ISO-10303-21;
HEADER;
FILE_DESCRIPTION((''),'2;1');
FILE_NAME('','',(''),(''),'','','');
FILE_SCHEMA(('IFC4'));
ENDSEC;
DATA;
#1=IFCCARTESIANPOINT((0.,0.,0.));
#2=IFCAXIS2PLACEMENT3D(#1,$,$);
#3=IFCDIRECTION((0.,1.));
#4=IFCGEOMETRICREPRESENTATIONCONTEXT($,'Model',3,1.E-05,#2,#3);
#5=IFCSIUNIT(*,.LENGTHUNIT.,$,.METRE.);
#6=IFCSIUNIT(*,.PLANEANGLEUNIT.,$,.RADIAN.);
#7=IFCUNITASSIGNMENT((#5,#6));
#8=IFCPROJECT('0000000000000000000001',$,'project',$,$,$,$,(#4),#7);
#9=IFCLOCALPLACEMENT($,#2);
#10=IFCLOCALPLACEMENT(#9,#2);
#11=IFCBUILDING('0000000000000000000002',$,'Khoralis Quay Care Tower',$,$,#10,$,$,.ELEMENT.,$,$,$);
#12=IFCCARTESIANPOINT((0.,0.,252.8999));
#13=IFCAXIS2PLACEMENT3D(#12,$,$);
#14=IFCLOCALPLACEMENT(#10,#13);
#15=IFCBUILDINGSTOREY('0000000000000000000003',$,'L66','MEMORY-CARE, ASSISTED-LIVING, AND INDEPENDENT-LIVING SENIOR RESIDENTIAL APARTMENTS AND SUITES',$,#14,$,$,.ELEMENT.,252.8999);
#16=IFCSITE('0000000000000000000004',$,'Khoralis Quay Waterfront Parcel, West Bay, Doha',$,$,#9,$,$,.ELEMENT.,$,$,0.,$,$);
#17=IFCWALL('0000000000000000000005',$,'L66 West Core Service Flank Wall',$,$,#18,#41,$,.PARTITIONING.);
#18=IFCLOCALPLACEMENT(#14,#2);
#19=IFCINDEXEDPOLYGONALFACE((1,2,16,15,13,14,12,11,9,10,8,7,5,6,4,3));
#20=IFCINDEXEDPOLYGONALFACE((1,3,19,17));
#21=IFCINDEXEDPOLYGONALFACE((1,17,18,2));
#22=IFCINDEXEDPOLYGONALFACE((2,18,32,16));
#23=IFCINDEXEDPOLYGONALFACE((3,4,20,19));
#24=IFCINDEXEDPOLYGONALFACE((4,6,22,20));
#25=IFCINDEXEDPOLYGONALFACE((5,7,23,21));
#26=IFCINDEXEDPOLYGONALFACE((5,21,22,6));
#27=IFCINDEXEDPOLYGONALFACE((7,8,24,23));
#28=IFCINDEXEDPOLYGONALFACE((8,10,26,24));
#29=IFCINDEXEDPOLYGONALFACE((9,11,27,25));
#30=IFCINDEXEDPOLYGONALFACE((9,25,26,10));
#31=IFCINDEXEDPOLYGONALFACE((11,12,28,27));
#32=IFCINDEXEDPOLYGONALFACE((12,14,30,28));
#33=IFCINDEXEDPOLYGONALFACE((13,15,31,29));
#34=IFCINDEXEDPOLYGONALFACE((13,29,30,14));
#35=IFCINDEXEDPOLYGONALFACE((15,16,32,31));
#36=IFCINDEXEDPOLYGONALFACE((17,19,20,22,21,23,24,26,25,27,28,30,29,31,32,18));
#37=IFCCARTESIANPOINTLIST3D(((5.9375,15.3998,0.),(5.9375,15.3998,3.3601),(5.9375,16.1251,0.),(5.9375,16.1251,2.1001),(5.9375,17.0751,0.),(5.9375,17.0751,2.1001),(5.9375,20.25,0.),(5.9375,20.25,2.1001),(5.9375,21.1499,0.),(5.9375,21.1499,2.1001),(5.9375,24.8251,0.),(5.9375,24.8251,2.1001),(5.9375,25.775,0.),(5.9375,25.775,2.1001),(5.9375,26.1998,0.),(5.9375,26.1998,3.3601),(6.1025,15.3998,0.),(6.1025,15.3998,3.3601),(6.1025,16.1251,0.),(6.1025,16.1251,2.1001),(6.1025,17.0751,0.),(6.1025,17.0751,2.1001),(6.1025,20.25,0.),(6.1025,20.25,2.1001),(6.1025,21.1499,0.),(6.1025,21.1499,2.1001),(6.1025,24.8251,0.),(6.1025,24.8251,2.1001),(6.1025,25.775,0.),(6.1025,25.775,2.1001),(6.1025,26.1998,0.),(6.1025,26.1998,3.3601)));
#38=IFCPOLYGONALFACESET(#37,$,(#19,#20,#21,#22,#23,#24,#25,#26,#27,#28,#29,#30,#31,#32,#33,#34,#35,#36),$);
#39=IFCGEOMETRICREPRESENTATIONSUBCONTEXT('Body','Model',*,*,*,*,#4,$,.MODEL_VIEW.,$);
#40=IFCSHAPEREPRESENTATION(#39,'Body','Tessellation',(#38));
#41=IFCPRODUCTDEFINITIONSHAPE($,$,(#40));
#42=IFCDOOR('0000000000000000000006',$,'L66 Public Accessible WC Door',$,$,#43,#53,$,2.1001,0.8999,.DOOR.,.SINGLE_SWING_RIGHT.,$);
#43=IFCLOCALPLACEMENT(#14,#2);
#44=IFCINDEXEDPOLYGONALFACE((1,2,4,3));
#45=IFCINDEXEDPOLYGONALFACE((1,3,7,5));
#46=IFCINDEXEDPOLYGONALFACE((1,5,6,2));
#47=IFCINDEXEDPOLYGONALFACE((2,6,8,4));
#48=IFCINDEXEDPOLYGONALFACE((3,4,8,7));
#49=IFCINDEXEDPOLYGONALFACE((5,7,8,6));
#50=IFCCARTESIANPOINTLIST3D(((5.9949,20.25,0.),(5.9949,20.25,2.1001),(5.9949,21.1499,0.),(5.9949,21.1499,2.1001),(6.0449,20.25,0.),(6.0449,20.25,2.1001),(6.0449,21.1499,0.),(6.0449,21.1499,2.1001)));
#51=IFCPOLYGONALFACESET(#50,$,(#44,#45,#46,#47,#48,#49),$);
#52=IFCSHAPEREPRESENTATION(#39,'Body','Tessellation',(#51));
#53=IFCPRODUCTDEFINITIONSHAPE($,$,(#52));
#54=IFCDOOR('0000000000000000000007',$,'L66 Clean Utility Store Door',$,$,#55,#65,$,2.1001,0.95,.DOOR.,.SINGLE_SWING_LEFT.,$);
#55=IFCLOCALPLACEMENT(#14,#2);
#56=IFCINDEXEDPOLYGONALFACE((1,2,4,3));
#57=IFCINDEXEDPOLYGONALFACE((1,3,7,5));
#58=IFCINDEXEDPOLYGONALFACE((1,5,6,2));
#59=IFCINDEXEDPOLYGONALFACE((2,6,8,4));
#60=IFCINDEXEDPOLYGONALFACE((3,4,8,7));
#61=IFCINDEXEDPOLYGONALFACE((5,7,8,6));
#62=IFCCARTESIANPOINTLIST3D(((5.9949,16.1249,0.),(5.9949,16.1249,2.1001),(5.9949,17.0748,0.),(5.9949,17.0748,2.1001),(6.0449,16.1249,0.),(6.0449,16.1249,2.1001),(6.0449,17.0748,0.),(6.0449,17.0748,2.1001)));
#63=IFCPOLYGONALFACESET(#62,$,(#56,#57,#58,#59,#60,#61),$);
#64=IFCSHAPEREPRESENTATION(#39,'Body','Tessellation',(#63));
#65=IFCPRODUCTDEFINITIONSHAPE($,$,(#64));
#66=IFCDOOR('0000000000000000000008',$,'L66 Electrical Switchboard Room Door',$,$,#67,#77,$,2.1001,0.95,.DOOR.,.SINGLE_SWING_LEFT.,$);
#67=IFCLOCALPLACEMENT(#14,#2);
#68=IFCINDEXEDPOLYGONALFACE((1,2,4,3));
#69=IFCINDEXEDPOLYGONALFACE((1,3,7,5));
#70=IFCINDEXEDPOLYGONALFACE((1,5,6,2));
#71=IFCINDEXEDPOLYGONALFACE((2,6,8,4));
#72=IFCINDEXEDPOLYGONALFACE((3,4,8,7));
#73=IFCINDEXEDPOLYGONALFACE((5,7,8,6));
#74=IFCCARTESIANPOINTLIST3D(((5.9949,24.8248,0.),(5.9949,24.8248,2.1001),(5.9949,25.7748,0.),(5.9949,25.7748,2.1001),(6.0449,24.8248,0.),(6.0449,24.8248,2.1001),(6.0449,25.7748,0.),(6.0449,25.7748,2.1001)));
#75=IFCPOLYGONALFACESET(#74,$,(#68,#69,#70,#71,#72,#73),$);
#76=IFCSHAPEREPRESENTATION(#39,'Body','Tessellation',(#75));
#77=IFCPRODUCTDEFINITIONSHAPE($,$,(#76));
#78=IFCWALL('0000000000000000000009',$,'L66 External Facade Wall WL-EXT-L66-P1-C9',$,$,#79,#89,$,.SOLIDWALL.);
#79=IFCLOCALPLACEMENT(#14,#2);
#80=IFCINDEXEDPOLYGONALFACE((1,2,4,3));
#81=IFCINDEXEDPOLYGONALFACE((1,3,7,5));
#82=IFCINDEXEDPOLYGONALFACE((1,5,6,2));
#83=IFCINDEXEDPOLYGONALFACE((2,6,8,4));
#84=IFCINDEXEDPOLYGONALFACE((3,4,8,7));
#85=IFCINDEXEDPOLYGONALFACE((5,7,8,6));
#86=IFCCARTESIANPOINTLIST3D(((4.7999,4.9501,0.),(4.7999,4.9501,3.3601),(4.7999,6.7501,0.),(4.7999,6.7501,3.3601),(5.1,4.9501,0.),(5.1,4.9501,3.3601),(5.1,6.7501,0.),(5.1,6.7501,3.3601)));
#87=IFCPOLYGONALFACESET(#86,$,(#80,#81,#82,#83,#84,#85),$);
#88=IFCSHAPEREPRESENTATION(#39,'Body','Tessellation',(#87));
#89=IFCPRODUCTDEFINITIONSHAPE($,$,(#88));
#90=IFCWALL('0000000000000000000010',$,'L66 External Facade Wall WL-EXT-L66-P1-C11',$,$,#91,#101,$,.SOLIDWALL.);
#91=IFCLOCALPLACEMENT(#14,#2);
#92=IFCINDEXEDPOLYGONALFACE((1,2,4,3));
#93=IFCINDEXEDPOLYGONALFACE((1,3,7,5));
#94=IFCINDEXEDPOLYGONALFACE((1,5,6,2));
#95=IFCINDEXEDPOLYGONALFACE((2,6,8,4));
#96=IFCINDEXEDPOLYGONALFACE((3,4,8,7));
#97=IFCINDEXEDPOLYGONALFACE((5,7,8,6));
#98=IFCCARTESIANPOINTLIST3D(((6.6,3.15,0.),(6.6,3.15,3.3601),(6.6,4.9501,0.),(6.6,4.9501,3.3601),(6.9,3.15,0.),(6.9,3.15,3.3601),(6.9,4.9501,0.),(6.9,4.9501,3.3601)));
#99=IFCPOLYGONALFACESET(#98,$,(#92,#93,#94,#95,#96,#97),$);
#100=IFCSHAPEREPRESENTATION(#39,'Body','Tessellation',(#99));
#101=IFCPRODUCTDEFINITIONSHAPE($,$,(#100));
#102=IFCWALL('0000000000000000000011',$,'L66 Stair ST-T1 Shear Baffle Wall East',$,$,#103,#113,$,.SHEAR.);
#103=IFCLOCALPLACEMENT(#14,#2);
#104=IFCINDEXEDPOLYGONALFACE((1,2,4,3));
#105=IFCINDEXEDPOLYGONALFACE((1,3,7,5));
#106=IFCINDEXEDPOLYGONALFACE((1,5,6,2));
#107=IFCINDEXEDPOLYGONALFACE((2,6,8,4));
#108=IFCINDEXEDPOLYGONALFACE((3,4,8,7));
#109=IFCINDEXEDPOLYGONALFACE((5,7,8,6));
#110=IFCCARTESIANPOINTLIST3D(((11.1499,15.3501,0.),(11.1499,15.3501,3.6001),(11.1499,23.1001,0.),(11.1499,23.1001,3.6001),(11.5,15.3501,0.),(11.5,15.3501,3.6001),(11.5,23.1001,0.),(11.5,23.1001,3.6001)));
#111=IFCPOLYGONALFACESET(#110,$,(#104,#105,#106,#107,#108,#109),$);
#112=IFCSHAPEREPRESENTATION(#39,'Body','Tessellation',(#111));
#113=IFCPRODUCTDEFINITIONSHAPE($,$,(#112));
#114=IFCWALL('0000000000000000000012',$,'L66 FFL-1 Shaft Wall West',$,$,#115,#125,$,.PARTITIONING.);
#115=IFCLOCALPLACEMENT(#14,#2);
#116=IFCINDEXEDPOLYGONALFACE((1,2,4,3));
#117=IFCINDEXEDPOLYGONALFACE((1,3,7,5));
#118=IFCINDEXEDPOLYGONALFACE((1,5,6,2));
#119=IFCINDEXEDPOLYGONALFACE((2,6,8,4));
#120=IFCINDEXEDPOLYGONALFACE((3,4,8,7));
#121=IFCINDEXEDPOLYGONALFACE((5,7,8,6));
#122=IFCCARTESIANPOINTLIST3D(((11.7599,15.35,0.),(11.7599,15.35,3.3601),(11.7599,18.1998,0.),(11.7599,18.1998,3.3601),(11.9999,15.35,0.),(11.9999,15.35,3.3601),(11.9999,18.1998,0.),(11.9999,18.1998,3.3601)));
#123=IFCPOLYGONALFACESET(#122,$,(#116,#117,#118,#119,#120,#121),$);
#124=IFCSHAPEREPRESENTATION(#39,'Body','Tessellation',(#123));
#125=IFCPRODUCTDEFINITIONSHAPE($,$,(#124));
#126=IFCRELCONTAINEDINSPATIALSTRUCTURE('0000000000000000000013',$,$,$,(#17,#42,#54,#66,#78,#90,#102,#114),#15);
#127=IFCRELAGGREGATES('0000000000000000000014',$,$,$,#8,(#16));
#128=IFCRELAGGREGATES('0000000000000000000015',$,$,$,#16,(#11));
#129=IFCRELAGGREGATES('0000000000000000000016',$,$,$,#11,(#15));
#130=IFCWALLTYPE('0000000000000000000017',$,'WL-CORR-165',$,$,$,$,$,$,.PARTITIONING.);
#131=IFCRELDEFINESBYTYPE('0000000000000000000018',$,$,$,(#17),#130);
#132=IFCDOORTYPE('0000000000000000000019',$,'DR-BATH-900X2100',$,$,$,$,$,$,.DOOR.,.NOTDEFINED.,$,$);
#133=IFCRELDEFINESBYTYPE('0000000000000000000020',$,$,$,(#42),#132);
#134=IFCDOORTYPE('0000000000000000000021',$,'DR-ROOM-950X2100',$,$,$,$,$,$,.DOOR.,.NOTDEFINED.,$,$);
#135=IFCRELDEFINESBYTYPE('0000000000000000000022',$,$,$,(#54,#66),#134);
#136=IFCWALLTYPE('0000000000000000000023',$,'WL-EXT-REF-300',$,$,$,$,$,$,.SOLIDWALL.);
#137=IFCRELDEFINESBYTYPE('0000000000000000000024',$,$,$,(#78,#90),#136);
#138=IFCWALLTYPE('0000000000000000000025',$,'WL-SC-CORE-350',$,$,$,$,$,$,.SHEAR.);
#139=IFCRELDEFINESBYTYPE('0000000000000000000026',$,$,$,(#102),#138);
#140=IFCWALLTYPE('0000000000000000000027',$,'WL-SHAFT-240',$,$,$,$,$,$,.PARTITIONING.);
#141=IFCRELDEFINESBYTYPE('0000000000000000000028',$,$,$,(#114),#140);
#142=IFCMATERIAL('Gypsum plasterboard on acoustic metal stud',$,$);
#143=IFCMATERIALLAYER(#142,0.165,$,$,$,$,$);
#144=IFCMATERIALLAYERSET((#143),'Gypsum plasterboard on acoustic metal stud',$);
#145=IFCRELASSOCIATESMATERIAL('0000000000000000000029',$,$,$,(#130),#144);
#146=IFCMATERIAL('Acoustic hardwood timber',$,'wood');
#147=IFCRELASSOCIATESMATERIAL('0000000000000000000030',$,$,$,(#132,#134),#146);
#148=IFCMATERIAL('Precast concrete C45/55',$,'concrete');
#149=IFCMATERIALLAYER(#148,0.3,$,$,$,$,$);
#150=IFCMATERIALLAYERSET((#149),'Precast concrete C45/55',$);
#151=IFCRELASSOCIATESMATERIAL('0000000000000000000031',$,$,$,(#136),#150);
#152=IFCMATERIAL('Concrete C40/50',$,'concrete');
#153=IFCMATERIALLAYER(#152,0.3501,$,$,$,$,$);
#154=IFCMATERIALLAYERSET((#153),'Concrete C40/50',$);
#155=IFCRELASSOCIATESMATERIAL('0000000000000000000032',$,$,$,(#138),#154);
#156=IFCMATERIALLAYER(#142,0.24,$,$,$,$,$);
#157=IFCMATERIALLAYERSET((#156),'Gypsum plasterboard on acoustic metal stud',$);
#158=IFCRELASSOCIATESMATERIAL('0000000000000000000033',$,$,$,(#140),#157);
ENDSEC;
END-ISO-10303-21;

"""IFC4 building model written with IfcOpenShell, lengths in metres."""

from ifc_helpers import new_model, si_unit, direction, frame, frame_2d, origin, place, context, subcontext, project, spatial, rectangle, extrude, source, transform, mapped, material, layer, layer_set, type_object, element, fill, save


model = new_model("IFC4")

# Units and contexts
model_context = context("Model", 3, precision=1e-05, world=origin(), true_north=direction((0.0, 1.0)))
body_context = subcontext(model_context, "Body", "Model", "MODEL_VIEW")
ifc_project = project(units=[si_unit("LENGTHUNIT", "METRE"), si_unit("PLANEANGLEUNIT", "RADIAN")], contexts=[model_context])

# Site, building, storey
site_placement = place(None, origin())
site = spatial("IfcSite", under=ifc_project, at=site_placement, Name="Khoralis Quay Waterfront Parcel, West Bay, Doha", CompositionType="ELEMENT", RefElevation=0.0)
building_placement = place(site_placement, origin())
building = spatial("IfcBuilding", under=site, at=building_placement, Name="Khoralis Quay Care Tower", CompositionType="ELEMENT")
storey_placement = place(building_placement, frame((0.0, 0.0, 252.8999)))
storey = spatial("IfcBuildingStorey", under=building, at=storey_placement, Name="L66", Description="MEMORY-CARE, ASSISTED-LIVING, AND INDEPENDENT-LIVING SENIOR RESIDENTIAL APARTMENTS AND SUITES", CompositionType="ELEMENT", Elevation=252.8999)

# Shared definitions
ifc_material_1 = material(Name="Gypsum plasterboard on acoustic metal stud")

# Wall, openings, doors
ifc_layer_1 = layer(ifc_material_1, 0.165)
ifc_layer_set_1 = layer_set([ifc_layer_1], Name="Gypsum plasterboard on acoustic metal stud")
wall_type_1 = type_object("IfcWallType", Name="WL-CORR-165", PredefinedType="PARTITIONING", material=ifc_layer_set_1)
wall_1_placement = place(storey_placement, frame((6.02, 15.3999, 0.0), z_axis=(0.0, 0.0, 1.0), x_axis=(0.0, 1.0, 0.0)))
wall_1 = element("IfcWall", 1, at=wall_1_placement, inside=storey, type_object=wall_type_1, Name="L66 West Core Service Flank Wall", PredefinedType="PARTITIONING", context=body_context, shape_type="SweptSolid", body=[
    extrude(rectangle(XDim=10.8, YDim=0.165, at=frame_2d((5.3999, 0.0))), origin(), (0.0, 0.0, 1.0), 3.3601),
])
opening_1_placement = place(wall_1_placement, frame((0.7251, 0.0, 0.0)))
opening_1 = element("IfcOpeningElement", 2, at=opening_1_placement, cuts=wall_1, PredefinedType="OPENING", context=body_context, shape_type="SweptSolid", body=[
    extrude(rectangle(XDim=0.95, YDim=2.1001, at=frame_2d((0.4751, 1.05))), frame((0.0, 0.0925, 0.0), z_axis=(0.0, -1.0, 0.0), x_axis=(1.0, 0.0, 0.0)), (0.0, 0.0, 1.0), 0.1851),
])
opening_2_placement = place(wall_1_placement, frame((4.8501, 0.0, 0.0)))
opening_2 = element("IfcOpeningElement", 3, at=opening_2_placement, cuts=wall_1, PredefinedType="OPENING", context=body_context, shape_type="SweptSolid", body=[
    extrude(rectangle(XDim=0.8999, YDim=2.1001, at=frame_2d((0.45, 1.05))), frame((0.0, 0.0925, 0.0), z_axis=(0.0, -1.0, 0.0), x_axis=(1.0, 0.0, 0.0)), (0.0, 0.0, 1.0), 0.1851),
])
opening_3_placement = place(wall_1_placement, frame((9.425, 0.0, 0.0)))
opening_3 = element("IfcOpeningElement", 4, at=opening_3_placement, cuts=wall_1, PredefinedType="OPENING", context=body_context, shape_type="SweptSolid", body=[
    extrude(rectangle(XDim=0.95, YDim=2.1001, at=frame_2d((0.4751, 1.05))), frame((0.0, 0.0925, 0.0), z_axis=(0.0, -1.0, 0.0), x_axis=(1.0, 0.0, 0.0)), (0.0, 0.0, 1.0), 0.1851),
])
ifc_material_2 = material(Name="Acoustic hardwood timber", Category="wood")
door_type_1 = type_object("IfcDoorType", Name="DR-BATH-900X2100", OperationType="NOTDEFINED", PredefinedType="DOOR", material=ifc_material_2)
shared_shape_1 = source(origin(), body_context, "Body", "SweptSolid", [
    extrude(rectangle(XDim=0.8999, YDim=2.1001, at=frame_2d((0.45, 1.05))), frame((0.0, 0.0249, 0.0), z_axis=(0.0, -1.0, 0.0), x_axis=(1.0, 0.0, 0.0)), (0.0, 0.0, 1.0), 0.05),
])
door_1_placement = place(opening_2_placement, frame((0.8999, 0.0, 0.0), z_axis=(0.0, 0.0, 1.0), x_axis=(-1.0, 0.0, 0.0)))
door_1 = element("IfcDoor", 5, at=door_1_placement, inside=storey, type_object=door_type_1, Name="L66 Public Accessible WC Door", OperationType="SINGLE_SWING_RIGHT", OverallHeight=2.1001, OverallWidth=0.8999, PredefinedType="DOOR", context=body_context, shape_type="MappedRepresentation", body=[
    mapped(shared_shape_1, transform((0.0, 0.0, 0.0), scale=1.0)),
])
fill(opening_2, door_1)
door_type_2 = type_object("IfcDoorType", Name="DR-ROOM-950X2100", OperationType="NOTDEFINED", PredefinedType="DOOR", material=ifc_material_2)
shared_shape_2 = source(origin(), body_context, "Body", "SweptSolid", [
    extrude(rectangle(XDim=0.95, YDim=2.1001, at=frame_2d((0.4751, 1.05))), frame((0.0, 0.0249, 0.0), z_axis=(0.0, -1.0, 0.0), x_axis=(1.0, 0.0, 0.0)), (0.0, 0.0, 1.0), 0.05),
])
door_2_placement = place(opening_1_placement, frame((0.95, 0.0, 0.0), z_axis=(0.0, 0.0, 1.0), x_axis=(-1.0, 0.0, 0.0)))
door_2 = element("IfcDoor", 6, at=door_2_placement, inside=storey, type_object=door_type_2, Name="L66 Clean Utility Store Door", OperationType="SINGLE_SWING_LEFT", OverallHeight=2.1001, OverallWidth=0.95, PredefinedType="DOOR", context=body_context, shape_type="MappedRepresentation", body=[
    mapped(shared_shape_2, transform((0.0, 0.0, 0.0), scale=1.0)),
])
fill(opening_1, door_2)
door_3_placement = place(opening_3_placement, frame((0.95, 0.0, 0.0), z_axis=(0.0, 0.0, 1.0), x_axis=(-1.0, 0.0, 0.0)))
door_3 = element("IfcDoor", 7, at=door_3_placement, inside=storey, type_object=door_type_2, Name="L66 Electrical Switchboard Room Door", OperationType="SINGLE_SWING_LEFT", OverallHeight=2.1001, OverallWidth=0.95, PredefinedType="DOOR", context=body_context, shape_type="MappedRepresentation", body=[
    mapped(shared_shape_2, transform((0.0, 0.0, 0.0), scale=1.0)),
])
fill(opening_3, door_3)

# Walls
ifc_material_3 = material(Name="Precast concrete C45/55", Category="concrete")
ifc_layer_2 = layer(ifc_material_3, 0.3)
ifc_layer_set_2 = layer_set([ifc_layer_2], Name="Precast concrete C45/55")
wall_type_2 = type_object("IfcWallType", Name="WL-EXT-REF-300", PredefinedType="SOLIDWALL", material=ifc_layer_set_2)
for number, where, z_axis, x_axis, name in (
    (8, (4.95, 6.75, 0.0), (0.0, 0.0, 1.0), (0.0, -1.0, 0.0), "L66 External Facade Wall WL-EXT-L66-P1-C9"),
    (9, (6.75, 4.95, 0.0), (0.0, 0.0, 1.0), (0.0, -1.0, 0.0), "L66 External Facade Wall WL-EXT-L66-P1-C11"),
):
    element("IfcWall", number, at=place(storey_placement, frame(where, z_axis=z_axis, x_axis=x_axis)), inside=storey, type_object=wall_type_2, Name=name, PredefinedType="SOLIDWALL", context=body_context, shape_type="SweptSolid", body=[
        extrude(rectangle(XDim=1.8, YDim=0.3, at=frame_2d((0.8999, 0.0))), origin(), (0.0, 0.0, 1.0), 3.3601),
    ])
ifc_material_4 = material(Name="Concrete C40/50", Category="concrete")
ifc_layer_3 = layer(ifc_material_4, 0.3501)
ifc_layer_set_3 = layer_set([ifc_layer_3], Name="Concrete C40/50")
wall_type_3 = type_object("IfcWallType", Name="WL-SC-CORE-350", PredefinedType="SHEAR", material=ifc_layer_set_3)
wall_2_placement = place(storey_placement, frame((11.325, 15.3501, 0.0), z_axis=(0.0, 0.0, 1.0), x_axis=(0.0, 1.0, 0.0)))
element("IfcWall", 10, at=wall_2_placement, inside=storey, type_object=wall_type_3, Name="L66 Stair ST-T1 Shear Baffle Wall East", PredefinedType="SHEAR", context=body_context, shape_type="SweptSolid", body=[
    extrude(rectangle(XDim=7.75, YDim=0.3501, at=frame_2d((3.875, 0.0))), origin(), (0.0, 0.0, 1.0), 3.6001),
])
ifc_layer_4 = layer(ifc_material_1, 0.24)
ifc_layer_set_4 = layer_set([ifc_layer_4], Name="Gypsum plasterboard on acoustic metal stud")
wall_type_4 = type_object("IfcWallType", Name="WL-SHAFT-240", PredefinedType="PARTITIONING", material=ifc_layer_set_4)
wall_3_placement = place(storey_placement, frame((11.8799, 15.3501, 0.0), z_axis=(0.0, 0.0, 1.0), x_axis=(0.0, 1.0, 0.0)))
element("IfcWall", 11, at=wall_3_placement, inside=storey, type_object=wall_type_4, Name="L66 FFL-1 Shaft Wall West", PredefinedType="PARTITIONING", context=body_context, shape_type="SweptSolid", body=[
    extrude(rectangle(XDim=2.8499, YDim=0.24, at=frame_2d((1.4248, 0.0))), origin(), (0.0, 0.0, 1.0), 3.3601),
])

save(model, "model.ifc")
